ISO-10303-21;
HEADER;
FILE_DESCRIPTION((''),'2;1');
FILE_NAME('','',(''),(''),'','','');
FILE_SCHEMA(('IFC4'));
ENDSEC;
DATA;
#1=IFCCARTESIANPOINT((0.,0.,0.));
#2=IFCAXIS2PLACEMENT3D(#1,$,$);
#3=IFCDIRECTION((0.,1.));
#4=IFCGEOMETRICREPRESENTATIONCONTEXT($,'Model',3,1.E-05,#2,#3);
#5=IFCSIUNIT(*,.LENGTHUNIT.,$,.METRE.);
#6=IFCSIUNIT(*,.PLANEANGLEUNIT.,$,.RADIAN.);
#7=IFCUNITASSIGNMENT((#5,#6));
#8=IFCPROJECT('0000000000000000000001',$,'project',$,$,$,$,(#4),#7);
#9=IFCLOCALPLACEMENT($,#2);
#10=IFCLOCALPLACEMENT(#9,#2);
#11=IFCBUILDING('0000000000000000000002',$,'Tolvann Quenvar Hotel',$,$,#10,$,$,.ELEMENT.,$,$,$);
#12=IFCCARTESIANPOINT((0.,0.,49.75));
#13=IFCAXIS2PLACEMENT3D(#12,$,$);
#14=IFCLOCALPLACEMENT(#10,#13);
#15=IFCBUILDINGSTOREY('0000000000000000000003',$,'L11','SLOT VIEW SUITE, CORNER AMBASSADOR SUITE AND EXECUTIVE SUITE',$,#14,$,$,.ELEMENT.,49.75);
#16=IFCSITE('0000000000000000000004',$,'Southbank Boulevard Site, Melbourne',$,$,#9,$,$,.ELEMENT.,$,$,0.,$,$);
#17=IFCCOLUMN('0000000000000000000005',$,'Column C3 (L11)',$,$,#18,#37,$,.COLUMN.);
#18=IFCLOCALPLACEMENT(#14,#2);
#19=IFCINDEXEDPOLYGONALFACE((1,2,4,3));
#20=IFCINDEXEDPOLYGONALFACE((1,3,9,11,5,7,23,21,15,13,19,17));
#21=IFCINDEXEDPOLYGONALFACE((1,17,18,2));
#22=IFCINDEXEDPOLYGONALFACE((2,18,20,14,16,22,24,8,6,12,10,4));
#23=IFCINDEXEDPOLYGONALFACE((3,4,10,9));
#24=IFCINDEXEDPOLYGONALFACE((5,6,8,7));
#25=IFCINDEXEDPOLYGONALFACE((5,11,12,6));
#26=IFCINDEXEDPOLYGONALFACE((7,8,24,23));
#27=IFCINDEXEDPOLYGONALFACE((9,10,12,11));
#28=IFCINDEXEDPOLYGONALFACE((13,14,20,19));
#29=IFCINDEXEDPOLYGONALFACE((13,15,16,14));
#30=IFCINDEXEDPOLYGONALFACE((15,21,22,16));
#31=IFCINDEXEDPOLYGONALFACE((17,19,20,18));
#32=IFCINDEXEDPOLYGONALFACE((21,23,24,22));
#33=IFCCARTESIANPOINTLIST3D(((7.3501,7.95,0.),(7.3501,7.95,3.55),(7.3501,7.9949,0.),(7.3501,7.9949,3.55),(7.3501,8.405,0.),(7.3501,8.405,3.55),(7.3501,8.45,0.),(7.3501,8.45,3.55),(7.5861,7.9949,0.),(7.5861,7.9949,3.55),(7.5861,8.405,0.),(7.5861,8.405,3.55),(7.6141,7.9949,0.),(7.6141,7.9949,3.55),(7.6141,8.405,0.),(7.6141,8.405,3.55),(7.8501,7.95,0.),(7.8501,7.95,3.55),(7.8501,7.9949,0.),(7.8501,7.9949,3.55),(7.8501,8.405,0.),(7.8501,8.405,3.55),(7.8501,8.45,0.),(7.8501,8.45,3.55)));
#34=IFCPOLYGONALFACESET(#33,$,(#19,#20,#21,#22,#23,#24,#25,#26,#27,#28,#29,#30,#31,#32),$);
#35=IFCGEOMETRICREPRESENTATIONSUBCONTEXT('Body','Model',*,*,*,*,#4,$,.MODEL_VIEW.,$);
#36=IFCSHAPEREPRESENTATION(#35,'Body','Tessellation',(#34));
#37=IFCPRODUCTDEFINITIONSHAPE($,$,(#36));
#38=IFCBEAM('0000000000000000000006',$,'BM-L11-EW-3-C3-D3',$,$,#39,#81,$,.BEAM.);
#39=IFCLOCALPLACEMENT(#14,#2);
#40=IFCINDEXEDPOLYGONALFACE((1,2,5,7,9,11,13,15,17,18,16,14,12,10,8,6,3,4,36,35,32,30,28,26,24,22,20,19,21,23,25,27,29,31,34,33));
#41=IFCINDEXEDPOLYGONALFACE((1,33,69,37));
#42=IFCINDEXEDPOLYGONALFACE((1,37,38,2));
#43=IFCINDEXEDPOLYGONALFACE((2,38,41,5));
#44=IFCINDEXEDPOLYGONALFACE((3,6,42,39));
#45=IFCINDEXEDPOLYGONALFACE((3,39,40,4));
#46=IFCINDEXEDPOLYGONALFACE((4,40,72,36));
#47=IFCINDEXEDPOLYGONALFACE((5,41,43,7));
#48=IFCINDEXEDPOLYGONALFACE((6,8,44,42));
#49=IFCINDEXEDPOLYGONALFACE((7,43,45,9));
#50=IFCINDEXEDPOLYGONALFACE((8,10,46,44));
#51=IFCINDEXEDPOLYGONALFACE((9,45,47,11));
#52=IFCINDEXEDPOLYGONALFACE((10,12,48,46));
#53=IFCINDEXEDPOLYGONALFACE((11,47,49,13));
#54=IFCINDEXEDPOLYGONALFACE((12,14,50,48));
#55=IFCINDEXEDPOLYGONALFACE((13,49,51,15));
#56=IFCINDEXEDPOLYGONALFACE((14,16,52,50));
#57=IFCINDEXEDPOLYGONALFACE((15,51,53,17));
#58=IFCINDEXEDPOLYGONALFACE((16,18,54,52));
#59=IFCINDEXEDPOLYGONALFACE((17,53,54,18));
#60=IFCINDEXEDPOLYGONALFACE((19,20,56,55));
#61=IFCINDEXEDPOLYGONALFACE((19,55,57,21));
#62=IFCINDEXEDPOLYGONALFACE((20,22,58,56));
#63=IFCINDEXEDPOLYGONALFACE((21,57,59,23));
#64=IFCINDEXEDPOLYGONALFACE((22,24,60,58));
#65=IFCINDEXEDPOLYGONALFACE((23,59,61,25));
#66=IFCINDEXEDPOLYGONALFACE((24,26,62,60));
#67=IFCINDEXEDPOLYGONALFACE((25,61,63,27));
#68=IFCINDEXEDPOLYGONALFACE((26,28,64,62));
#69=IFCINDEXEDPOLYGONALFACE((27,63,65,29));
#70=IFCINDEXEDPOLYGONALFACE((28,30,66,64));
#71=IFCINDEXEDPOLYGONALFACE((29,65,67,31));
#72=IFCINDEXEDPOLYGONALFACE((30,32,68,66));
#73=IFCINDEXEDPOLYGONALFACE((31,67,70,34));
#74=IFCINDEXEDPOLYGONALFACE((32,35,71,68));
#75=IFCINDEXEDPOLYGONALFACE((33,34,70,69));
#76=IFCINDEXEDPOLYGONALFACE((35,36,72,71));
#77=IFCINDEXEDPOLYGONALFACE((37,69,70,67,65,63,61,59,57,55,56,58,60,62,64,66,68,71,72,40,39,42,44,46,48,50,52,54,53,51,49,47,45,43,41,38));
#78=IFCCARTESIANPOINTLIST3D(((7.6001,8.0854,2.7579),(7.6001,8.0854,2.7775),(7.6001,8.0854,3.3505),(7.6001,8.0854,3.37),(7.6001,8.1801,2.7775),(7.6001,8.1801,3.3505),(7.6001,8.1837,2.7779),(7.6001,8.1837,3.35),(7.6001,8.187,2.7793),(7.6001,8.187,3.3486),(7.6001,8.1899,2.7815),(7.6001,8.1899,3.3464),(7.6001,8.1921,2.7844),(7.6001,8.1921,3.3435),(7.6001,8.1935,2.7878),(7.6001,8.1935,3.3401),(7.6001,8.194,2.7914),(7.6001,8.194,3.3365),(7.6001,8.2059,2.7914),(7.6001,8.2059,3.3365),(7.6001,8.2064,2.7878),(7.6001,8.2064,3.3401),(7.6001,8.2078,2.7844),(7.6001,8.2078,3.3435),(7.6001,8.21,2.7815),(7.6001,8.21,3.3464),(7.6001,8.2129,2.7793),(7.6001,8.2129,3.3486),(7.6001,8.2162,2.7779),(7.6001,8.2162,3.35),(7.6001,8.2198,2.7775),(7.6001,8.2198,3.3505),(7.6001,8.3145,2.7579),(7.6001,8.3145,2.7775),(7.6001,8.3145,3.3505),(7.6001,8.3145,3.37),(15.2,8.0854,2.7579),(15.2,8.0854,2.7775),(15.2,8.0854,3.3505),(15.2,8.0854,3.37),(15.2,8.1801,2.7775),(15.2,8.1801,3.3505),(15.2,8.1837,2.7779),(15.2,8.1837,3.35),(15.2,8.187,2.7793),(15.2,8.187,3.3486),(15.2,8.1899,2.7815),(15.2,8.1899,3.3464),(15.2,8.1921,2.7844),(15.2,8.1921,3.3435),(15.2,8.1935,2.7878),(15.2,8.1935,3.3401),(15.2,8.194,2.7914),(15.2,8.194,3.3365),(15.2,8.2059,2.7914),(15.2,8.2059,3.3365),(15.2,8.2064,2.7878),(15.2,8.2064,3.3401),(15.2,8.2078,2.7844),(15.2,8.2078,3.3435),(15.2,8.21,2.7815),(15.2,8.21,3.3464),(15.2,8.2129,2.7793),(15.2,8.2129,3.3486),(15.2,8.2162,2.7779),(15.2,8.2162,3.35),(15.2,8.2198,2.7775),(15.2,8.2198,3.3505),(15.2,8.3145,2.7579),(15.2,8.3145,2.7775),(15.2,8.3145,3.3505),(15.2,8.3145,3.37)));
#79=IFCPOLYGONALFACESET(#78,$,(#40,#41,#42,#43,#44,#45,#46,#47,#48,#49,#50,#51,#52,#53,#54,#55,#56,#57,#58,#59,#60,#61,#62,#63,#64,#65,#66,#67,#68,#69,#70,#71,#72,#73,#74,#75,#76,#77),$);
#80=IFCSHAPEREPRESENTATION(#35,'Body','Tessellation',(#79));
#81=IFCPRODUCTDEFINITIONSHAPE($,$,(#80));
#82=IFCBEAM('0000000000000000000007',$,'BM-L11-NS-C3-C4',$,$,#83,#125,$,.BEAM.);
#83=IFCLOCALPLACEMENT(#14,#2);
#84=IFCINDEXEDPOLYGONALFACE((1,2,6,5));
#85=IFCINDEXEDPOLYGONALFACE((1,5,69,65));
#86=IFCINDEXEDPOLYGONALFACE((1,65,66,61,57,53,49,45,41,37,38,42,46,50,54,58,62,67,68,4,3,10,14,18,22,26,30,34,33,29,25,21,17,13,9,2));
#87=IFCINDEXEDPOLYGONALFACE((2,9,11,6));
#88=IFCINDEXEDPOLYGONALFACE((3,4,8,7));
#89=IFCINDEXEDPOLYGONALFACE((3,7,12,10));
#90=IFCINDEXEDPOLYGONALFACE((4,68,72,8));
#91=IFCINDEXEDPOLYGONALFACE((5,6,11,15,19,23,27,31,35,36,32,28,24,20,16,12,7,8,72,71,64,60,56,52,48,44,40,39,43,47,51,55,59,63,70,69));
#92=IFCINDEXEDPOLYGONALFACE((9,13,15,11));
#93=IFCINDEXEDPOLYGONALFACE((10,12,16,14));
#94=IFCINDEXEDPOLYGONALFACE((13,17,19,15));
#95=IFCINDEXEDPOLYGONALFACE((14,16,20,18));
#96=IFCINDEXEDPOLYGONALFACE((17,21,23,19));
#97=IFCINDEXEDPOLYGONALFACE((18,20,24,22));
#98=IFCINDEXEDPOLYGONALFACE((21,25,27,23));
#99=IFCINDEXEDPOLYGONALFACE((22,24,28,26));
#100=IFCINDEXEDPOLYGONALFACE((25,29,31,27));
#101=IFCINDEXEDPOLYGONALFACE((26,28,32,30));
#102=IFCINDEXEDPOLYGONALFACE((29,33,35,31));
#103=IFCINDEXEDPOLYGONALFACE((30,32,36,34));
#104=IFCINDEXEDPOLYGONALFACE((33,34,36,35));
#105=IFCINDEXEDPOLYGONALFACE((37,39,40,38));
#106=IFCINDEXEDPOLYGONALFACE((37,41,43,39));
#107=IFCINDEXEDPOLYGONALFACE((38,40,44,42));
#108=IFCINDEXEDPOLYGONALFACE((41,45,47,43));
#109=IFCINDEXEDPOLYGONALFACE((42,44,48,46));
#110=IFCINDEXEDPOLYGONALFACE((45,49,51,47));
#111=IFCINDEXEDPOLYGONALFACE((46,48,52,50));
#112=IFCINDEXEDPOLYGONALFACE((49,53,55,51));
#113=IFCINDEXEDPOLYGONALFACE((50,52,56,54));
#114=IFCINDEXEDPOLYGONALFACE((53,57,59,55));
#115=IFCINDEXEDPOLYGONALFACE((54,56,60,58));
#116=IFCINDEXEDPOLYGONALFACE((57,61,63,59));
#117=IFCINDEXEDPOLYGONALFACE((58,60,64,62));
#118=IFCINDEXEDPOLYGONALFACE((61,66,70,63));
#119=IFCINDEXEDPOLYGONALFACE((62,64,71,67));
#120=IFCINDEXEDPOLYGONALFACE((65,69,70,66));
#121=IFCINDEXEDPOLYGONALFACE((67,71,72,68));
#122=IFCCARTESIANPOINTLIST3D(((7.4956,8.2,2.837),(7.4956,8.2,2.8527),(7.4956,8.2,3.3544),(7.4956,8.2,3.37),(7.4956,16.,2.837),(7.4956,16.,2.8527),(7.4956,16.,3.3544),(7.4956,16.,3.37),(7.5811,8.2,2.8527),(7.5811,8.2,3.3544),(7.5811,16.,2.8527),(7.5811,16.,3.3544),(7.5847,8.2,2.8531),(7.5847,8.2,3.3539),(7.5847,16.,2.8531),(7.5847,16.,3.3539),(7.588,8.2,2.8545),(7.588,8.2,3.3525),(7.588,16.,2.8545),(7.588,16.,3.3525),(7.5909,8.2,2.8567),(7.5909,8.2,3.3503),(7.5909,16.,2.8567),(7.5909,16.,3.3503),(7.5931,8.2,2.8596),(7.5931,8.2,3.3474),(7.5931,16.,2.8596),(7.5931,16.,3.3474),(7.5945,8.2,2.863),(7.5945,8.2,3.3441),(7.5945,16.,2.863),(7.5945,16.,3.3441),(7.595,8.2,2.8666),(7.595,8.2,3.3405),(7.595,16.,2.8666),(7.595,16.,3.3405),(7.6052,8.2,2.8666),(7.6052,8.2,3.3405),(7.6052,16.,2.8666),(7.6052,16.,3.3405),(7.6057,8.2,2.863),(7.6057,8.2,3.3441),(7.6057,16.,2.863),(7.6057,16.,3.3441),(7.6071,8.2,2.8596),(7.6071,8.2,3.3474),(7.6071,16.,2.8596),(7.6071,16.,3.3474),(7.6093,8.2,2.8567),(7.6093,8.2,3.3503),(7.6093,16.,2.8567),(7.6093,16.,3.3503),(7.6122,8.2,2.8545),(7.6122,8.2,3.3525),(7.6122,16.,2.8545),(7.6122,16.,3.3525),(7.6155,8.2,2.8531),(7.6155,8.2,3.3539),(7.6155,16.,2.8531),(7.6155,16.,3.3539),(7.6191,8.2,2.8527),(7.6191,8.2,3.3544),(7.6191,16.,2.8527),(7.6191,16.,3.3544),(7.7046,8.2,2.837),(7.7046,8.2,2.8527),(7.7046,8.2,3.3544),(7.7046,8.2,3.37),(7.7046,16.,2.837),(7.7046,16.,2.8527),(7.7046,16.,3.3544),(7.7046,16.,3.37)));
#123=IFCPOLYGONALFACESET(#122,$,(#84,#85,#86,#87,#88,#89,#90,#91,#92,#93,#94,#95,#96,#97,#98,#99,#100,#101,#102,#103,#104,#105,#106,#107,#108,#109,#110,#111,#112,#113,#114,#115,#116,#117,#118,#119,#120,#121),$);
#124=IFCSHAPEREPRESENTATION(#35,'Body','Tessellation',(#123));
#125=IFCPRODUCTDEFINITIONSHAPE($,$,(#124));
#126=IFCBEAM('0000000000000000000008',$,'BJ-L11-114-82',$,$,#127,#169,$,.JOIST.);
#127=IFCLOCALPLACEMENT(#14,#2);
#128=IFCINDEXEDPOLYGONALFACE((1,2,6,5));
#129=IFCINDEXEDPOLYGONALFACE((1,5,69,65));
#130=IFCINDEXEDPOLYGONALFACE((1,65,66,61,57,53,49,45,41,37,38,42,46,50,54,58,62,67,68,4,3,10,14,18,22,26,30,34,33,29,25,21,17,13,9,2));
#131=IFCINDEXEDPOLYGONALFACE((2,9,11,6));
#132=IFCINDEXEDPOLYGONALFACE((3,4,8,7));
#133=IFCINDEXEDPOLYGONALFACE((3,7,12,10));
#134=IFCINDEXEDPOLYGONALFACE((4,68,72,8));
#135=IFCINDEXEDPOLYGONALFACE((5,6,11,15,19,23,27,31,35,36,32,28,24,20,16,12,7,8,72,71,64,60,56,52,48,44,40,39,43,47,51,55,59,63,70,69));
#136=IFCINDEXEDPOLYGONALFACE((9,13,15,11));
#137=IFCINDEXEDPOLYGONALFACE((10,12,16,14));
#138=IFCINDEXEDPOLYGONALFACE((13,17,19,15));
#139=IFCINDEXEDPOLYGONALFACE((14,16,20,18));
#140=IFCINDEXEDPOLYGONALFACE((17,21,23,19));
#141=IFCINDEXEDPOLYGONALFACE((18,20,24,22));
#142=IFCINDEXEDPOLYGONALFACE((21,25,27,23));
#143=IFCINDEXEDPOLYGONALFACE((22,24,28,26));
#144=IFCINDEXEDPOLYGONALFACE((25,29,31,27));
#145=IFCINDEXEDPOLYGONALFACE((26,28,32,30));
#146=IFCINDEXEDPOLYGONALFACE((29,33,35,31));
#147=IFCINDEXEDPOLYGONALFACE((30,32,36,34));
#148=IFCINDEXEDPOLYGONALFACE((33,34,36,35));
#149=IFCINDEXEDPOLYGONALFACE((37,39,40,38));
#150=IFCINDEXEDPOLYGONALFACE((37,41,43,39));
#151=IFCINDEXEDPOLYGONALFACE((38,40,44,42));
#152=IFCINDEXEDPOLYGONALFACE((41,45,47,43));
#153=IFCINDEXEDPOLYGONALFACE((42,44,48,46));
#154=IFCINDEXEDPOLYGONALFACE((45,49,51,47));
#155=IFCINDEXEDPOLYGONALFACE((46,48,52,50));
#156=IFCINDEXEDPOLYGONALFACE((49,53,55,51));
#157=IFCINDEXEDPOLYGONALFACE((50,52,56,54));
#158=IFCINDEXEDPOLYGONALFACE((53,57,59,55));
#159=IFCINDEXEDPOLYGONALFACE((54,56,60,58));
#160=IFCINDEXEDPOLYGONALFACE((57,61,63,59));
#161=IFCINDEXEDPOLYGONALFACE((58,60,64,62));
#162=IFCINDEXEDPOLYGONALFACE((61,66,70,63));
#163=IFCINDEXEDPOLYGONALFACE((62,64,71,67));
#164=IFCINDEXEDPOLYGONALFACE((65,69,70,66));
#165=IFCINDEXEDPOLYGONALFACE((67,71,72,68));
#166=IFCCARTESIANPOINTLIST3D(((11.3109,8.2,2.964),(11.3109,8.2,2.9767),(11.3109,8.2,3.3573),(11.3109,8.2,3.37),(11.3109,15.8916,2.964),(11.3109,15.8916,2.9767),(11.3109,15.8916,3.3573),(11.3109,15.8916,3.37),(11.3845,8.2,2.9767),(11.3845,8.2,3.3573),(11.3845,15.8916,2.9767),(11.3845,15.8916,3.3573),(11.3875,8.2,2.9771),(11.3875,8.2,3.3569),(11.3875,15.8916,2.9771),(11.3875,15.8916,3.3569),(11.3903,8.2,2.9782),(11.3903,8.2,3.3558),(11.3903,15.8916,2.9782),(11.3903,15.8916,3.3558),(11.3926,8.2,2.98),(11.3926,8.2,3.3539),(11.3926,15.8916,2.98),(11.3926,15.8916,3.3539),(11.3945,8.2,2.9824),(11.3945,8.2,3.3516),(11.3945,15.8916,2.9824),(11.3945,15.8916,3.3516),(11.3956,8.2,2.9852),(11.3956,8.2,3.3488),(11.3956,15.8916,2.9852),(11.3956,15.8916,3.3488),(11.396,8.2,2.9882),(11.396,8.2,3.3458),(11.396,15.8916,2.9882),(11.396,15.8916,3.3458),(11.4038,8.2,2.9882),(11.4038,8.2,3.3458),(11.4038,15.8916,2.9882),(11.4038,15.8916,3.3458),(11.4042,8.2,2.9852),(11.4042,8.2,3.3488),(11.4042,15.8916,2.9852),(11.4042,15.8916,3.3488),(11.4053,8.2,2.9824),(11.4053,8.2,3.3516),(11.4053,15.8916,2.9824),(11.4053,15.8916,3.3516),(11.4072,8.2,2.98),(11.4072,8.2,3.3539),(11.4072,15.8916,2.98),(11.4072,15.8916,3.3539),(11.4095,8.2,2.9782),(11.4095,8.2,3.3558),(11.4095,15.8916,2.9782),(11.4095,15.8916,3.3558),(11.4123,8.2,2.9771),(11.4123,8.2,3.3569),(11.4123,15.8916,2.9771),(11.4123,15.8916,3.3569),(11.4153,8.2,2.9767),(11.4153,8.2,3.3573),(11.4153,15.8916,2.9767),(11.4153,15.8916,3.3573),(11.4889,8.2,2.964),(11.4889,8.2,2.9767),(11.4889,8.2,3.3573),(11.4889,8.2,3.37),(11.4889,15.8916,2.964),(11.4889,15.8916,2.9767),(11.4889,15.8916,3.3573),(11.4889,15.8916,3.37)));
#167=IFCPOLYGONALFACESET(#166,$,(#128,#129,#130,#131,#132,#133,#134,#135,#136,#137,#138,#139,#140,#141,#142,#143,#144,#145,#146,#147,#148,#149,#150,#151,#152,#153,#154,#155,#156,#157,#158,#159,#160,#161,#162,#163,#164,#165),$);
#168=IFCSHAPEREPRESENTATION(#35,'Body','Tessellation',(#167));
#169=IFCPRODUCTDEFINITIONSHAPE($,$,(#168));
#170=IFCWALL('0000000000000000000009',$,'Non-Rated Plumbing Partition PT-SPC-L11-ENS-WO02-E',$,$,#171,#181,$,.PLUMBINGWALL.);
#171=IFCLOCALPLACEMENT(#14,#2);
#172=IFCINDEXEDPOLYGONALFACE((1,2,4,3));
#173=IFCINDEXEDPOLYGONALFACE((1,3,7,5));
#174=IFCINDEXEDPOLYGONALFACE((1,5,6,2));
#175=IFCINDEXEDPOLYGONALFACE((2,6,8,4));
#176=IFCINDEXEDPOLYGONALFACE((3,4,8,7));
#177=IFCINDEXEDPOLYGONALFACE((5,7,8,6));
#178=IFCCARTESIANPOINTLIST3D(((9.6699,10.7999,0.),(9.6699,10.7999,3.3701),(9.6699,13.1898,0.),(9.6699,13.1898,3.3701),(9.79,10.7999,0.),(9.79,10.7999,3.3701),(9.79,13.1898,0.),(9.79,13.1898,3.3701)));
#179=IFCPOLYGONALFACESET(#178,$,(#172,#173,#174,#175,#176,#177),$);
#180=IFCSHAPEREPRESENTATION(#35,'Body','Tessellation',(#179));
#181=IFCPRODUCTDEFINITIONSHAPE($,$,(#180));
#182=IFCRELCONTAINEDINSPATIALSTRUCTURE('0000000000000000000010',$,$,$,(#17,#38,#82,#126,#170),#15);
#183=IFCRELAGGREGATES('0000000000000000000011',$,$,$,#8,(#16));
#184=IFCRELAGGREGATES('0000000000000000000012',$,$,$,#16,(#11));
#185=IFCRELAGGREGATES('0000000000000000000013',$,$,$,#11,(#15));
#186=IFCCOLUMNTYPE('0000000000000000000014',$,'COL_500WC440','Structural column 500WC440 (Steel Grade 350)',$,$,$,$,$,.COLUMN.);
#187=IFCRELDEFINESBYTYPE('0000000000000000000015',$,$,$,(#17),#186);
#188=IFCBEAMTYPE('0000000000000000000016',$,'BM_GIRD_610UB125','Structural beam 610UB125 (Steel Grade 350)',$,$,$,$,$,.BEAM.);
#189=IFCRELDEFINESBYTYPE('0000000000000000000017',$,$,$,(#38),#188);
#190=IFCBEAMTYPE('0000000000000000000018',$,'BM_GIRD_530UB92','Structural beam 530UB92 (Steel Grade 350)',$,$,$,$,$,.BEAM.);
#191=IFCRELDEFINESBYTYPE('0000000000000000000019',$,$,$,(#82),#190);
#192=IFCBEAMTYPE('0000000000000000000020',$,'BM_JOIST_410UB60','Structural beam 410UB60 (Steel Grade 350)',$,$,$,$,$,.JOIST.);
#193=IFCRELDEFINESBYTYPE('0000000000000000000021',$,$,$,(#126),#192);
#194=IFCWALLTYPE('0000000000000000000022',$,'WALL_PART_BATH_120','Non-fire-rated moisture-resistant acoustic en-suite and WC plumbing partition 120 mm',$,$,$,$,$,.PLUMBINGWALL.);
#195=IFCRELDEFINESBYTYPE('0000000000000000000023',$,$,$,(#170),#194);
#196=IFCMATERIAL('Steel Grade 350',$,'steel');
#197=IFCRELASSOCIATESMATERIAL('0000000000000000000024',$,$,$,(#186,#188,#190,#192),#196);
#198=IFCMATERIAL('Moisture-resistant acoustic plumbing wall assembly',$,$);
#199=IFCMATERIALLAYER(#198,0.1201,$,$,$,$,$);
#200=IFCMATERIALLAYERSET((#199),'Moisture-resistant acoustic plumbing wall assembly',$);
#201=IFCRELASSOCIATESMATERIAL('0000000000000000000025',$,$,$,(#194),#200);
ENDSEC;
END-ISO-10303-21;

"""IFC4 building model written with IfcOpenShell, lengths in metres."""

from ifc_helpers import new_model, si_unit, direction, frame, frame_2d, origin, origin_2d, place, context, subcontext, project, spatial, rectangle, i_section, extrude, source, transform, mapped, material, layer, layer_set, material_profile, profile_set, type_object, type_shapes, element, save


model = new_model("IFC4")

# Units and contexts
model_context = context("Model", 3, precision=1e-05, world=origin(), true_north=direction((0.0, 1.0)))
body_context = subcontext(model_context, "Body", "Model", "MODEL_VIEW")
ifc_project = project(units=[si_unit("LENGTHUNIT", "METRE"), si_unit("PLANEANGLEUNIT", "RADIAN")], contexts=[model_context])

# Site, building, storey
site_placement = place(None, origin())
site = spatial("IfcSite", under=ifc_project, at=site_placement, Name="Southbank Boulevard Site, Melbourne", CompositionType="ELEMENT", RefElevation=0.0)
building_placement = place(site_placement, origin())
building = spatial("IfcBuilding", under=site, at=building_placement, Name="Tolvann Quenvar Hotel", CompositionType="ELEMENT")
storey_placement = place(building_placement, frame((0.0, 0.0, 49.75)))
storey = spatial("IfcBuildingStorey", under=building, at=storey_placement, Name="L11", Description="SLOT VIEW SUITE, CORNER AMBASSADOR SUITE AND EXECUTIVE SUITE", CompositionType="ELEMENT", Elevation=49.75)

# Column
ifc_material_1 = material(Name="Steel Grade 350", Category="steel")
ifc_material_profile_1 = material_profile(ifc_material_1, i_section(OverallWidth=0.5, OverallDepth=0.5, WebThickness=0.0281, FlangeThickness=0.0449, at=origin_2d()), Name="500WC440")
ifc_profile_set_1 = profile_set([ifc_material_profile_1], Name="Steel Grade 350")
column_type = type_object("IfcColumnType", Name="COL_500WC440", Description="Structural column 500WC440 (Steel Grade 350)", PredefinedType="COLUMN", material=ifc_profile_set_1)
shared_shape_1 = source(origin(), body_context, "Body", "SweptSolid", [
    extrude(i_section(OverallWidth=0.5, OverallDepth=0.5, WebThickness=0.0281, FlangeThickness=0.0449, at=origin_2d()), origin(), (0.0, 0.0, 1.0), 3.55),
])
type_shapes(column_type, [shared_shape_1])
column_placement = place(storey_placement, frame((7.6001, 8.2, 0.0), z_axis=(0.0, 0.0, 1.0), x_axis=(1.0, 0.0, 0.0)))
element("IfcColumn", 1, at=column_placement, inside=storey, type_object=column_type, Name="Column C3 (L11)", PredefinedType="COLUMN", context=body_context, shape_type="MappedRepresentation", body=[
    mapped(shared_shape_1, transform((0.0, 0.0, 0.0), x_axis=(1.0, 0.0, 0.0), y_axis=(0.0, 1.0, 0.0), z_axis=(0.0, 0.0, 1.0), scale=1.0)),
])

# Beams
ifc_material_profile_2 = material_profile(ifc_material_1, i_section(OverallWidth=0.229, OverallDepth=0.6121, WebThickness=0.012, FlangeThickness=0.0195, FilletRadius=0.0139, at=origin_2d()), Name="610UB125")
ifc_profile_set_2 = profile_set([ifc_material_profile_2], Name="Steel Grade 350")
beam_type_1 = type_object("IfcBeamType", Name="BM_GIRD_610UB125", Description="Structural beam 610UB125 (Steel Grade 350)", PredefinedType="BEAM", material=ifc_profile_set_2)
shared_shape_2 = source(origin(), body_context, "Body", "SweptSolid", [
    extrude(i_section(OverallWidth=0.229, OverallDepth=0.6121, WebThickness=0.012, FlangeThickness=0.0195, FilletRadius=0.0139, at=origin_2d()), origin(), (0.0, 0.0, 1.0), 7.5999),
])
type_shapes(beam_type_1, [shared_shape_2])
beam_1_placement = place(storey_placement, frame((7.6001, 8.2, 3.064), z_axis=(1.0, 0.0, 0.0), x_axis=(0.0, 1.0, 0.0)))
element("IfcBeam", 2, at=beam_1_placement, inside=storey, type_object=beam_type_1, Name="BM-L11-EW-3-C3-D3", PredefinedType="BEAM", context=body_context, shape_type="MappedRepresentation", body=[
    mapped(shared_shape_2, transform((0.0, 0.0, 0.0), x_axis=(1.0, 0.0, 0.0), y_axis=(0.0, 1.0, 0.0), z_axis=(0.0, 0.0, 1.0), scale=1.0)),
])
ifc_material_profile_3 = material_profile(ifc_material_1, i_section(OverallWidth=0.209, OverallDepth=0.533, WebThickness=0.0103, FlangeThickness=0.0156, FilletRadius=0.0139, at=origin_2d()), Name="530UB92")
ifc_profile_set_3 = profile_set([ifc_material_profile_3], Name="Steel Grade 350")
beam_type_2 = type_object("IfcBeamType", Name="BM_GIRD_530UB92", Description="Structural beam 530UB92 (Steel Grade 350)", PredefinedType="BEAM", material=ifc_profile_set_3)
shared_shape_3 = source(origin(), body_context, "Body", "SweptSolid", [
    extrude(i_section(OverallWidth=0.209, OverallDepth=0.533, WebThickness=0.0103, FlangeThickness=0.0156, FilletRadius=0.0139, at=origin_2d()), origin(), (0.0, 0.0, 1.0), 7.8),
])
type_shapes(beam_type_2, [shared_shape_3])
beam_2_placement = place(storey_placement, frame((7.6001, 8.2, 3.1035), z_axis=(0.0, 1.0, 0.0), x_axis=(-1.0, 0.0, 0.0)))
element("IfcBeam", 3, at=beam_2_placement, inside=storey, type_object=beam_type_2, Name="BM-L11-NS-C3-C4", PredefinedType="BEAM", context=body_context, shape_type="MappedRepresentation", body=[
    mapped(shared_shape_3, transform((0.0, 0.0, 0.0), x_axis=(1.0, 0.0, 0.0), y_axis=(0.0, 1.0, 0.0), z_axis=(0.0, 0.0, 1.0), scale=1.0)),
])
ifc_material_profile_4 = material_profile(ifc_material_1, i_section(OverallWidth=0.178, OverallDepth=0.406, WebThickness=0.0078, FlangeThickness=0.0127, FilletRadius=0.0115, at=origin_2d()), Name="410UB60")
ifc_profile_set_4 = profile_set([ifc_material_profile_4], Name="Steel Grade 350")
beam_type_3 = type_object("IfcBeamType", Name="BM_JOIST_410UB60", Description="Structural beam 410UB60 (Steel Grade 350)", PredefinedType="JOIST", material=ifc_profile_set_4)
shared_shape_4 = source(origin(), body_context, "Body", "SweptSolid", [
    extrude(i_section(OverallWidth=0.178, OverallDepth=0.406, WebThickness=0.0078, FlangeThickness=0.0127, FilletRadius=0.0115, at=origin_2d()), origin(), (0.0, 0.0, 1.0), 7.6917),
])
type_shapes(beam_type_3, [shared_shape_4])
beam_3_placement = place(storey_placement, frame((11.3999, 8.2, 3.167), z_axis=(0.0, 1.0, 0.0), x_axis=(-1.0, 0.0, 0.0)))
element("IfcBeam", 4, at=beam_3_placement, inside=storey, type_object=beam_type_3, Name="BJ-L11-114-82", PredefinedType="JOIST", context=body_context, shape_type="MappedRepresentation", body=[
    mapped(shared_shape_4, transform((0.0, 0.0, 0.0), x_axis=(1.0, 0.0, 0.0), y_axis=(0.0, 1.0, 0.0), z_axis=(0.0, 0.0, 1.0), scale=1.0)),
])

# Wall
ifc_material_2 = material(Name="Moisture-resistant acoustic plumbing wall assembly")
ifc_layer_1 = layer(ifc_material_2, 0.1201)
ifc_layer_set_1 = layer_set([ifc_layer_1], Name="Moisture-resistant acoustic plumbing wall assembly")
wall_type_1 = type_object("IfcWallType", Name="WALL_PART_BATH_120", Description="Non-fire-rated moisture-resistant acoustic en-suite and WC plumbing partition 120 mm", PredefinedType="PLUMBINGWALL", material=ifc_layer_set_1)
wall_1_placement = place(storey_placement, frame((9.73, 10.8, 0.0), z_axis=(0.0, 0.0, 1.0), x_axis=(0.0, 1.0, 0.0)))
element("IfcWall", 5, at=wall_1_placement, inside=storey, type_object=wall_type_1, Name="Non-Rated Plumbing Partition PT-SPC-L11-ENS-WO02-E", PredefinedType="PLUMBINGWALL", context=body_context, shape_type="SweptSolid", body=[
    extrude(rectangle(XDim=2.3899, YDim=0.1201, at=frame_2d((1.1948, 0.0))), origin(), (0.0, 0.0, 1.0), 3.3701),
])

save(model, "model.ifc")
